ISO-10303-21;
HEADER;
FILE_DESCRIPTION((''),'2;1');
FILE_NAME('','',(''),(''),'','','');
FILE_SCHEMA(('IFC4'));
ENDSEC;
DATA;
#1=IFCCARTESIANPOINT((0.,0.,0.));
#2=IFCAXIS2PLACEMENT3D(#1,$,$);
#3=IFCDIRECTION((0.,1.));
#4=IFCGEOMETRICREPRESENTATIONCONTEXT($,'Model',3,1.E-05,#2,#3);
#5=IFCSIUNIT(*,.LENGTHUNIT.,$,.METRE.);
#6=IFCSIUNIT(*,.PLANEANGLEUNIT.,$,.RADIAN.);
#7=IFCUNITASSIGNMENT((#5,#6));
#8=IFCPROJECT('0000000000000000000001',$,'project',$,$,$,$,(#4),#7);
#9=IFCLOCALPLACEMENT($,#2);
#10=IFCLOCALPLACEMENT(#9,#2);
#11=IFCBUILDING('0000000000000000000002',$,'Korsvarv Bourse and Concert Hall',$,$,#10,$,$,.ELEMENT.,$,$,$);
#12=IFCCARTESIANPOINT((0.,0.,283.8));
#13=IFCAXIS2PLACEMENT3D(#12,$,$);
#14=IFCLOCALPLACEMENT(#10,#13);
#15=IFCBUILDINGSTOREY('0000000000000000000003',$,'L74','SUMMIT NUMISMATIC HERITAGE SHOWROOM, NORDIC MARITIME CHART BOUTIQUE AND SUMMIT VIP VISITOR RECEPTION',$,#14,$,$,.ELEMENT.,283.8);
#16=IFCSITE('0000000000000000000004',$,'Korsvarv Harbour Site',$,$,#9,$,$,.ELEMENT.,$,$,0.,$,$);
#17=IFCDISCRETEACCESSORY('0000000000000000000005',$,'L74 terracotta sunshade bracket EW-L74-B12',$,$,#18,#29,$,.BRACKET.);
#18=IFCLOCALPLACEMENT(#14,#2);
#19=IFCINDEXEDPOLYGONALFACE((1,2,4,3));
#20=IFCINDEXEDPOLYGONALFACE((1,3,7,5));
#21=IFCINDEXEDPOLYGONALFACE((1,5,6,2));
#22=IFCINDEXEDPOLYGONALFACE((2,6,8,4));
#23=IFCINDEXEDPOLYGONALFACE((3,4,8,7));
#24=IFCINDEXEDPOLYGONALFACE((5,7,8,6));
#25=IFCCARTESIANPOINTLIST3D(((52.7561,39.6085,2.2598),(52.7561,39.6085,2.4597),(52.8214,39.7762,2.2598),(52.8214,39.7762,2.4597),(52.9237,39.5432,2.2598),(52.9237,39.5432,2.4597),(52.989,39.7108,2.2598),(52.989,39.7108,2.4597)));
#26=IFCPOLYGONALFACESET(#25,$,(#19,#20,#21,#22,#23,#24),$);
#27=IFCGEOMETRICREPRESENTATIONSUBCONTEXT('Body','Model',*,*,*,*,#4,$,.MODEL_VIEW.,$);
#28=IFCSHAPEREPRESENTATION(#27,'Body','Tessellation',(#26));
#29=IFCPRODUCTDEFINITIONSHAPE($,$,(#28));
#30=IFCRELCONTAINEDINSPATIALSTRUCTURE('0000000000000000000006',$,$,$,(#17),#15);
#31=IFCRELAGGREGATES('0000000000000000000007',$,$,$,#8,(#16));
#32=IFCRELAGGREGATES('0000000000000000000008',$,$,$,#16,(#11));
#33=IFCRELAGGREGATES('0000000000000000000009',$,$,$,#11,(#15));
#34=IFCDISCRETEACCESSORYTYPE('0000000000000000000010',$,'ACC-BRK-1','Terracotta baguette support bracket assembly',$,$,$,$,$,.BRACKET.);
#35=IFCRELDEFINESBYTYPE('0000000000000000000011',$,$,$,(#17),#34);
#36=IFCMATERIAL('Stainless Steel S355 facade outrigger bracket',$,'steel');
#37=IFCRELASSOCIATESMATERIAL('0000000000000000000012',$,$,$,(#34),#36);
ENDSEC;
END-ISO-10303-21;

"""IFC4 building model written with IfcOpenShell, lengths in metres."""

from ifc_helpers import new_model, si_unit, direction, frame, origin, origin_2d, place, context, subcontext, project, spatial, rectangle, extrude, source, transform, mapped, material, type_object, element, save


model = new_model("IFC4")

# Units and contexts
model_context = context("Model", 3, precision=1e-05, world=origin(), true_north=direction((0.0, 1.0)))
body_context = subcontext(model_context, "Body", "Model", "MODEL_VIEW")
ifc_project = project(units=[si_unit("LENGTHUNIT", "METRE"), si_unit("PLANEANGLEUNIT", "RADIAN")], contexts=[model_context])

# Site, building, storey
site_placement = place(None, origin())
site = spatial("IfcSite", under=ifc_project, at=site_placement, Name="Korsvarv Harbour Site", CompositionType="ELEMENT", RefElevation=0.0)
building_placement = place(site_placement, origin())
building = spatial("IfcBuilding", under=site, at=building_placement, Name="Korsvarv Bourse and Concert Hall", CompositionType="ELEMENT")
storey_placement = place(building_placement, frame((0.0, 0.0, 283.8)))
storey = spatial("IfcBuildingStorey", under=building, at=storey_placement, Name="L74", Description="SUMMIT NUMISMATIC HERITAGE SHOWROOM, NORDIC MARITIME CHART BOUTIQUE AND SUMMIT VIP VISITOR RECEPTION", CompositionType="ELEMENT", Elevation=283.8)

# Discrete accessory
ifc_material_1 = material(Name="Stainless Steel S355 facade outrigger bracket", Category="steel")
discrete_accessory_type = type_object("IfcDiscreteAccessoryType", Name="ACC-BRK-1", Description="Terracotta baguette support bracket assembly", PredefinedType="BRACKET", material=ifc_material_1)
shared_shape_1 = source(origin(), body_context, "Body", "SweptSolid", [
    extrude(rectangle(XDim=0.1799, YDim=0.1799, at=origin_2d()), origin(), (0.0, 0.0, 1.0), 0.2),
])
for number, where, z_axis, x_axis, name in (
    (1, (52.8726, 39.6597, 2.2598), (0.0, 0.0, 1.0), (0.362926, 0.931818, 0.0), "L74 terracotta sunshade bracket EW-L74-B12"),
):
    element("IfcDiscreteAccessory", number, at=place(storey_placement, frame(where, z_axis=z_axis, x_axis=x_axis)), inside=storey, type_object=discrete_accessory_type, Name=name, PredefinedType="BRACKET", context=body_context, shape_type="MappedRepresentation", body=[
        mapped(shared_shape_1, transform((0.0, 0.0, 0.0), scale=1.0)),
    ])

save(model, "model.ifc")
